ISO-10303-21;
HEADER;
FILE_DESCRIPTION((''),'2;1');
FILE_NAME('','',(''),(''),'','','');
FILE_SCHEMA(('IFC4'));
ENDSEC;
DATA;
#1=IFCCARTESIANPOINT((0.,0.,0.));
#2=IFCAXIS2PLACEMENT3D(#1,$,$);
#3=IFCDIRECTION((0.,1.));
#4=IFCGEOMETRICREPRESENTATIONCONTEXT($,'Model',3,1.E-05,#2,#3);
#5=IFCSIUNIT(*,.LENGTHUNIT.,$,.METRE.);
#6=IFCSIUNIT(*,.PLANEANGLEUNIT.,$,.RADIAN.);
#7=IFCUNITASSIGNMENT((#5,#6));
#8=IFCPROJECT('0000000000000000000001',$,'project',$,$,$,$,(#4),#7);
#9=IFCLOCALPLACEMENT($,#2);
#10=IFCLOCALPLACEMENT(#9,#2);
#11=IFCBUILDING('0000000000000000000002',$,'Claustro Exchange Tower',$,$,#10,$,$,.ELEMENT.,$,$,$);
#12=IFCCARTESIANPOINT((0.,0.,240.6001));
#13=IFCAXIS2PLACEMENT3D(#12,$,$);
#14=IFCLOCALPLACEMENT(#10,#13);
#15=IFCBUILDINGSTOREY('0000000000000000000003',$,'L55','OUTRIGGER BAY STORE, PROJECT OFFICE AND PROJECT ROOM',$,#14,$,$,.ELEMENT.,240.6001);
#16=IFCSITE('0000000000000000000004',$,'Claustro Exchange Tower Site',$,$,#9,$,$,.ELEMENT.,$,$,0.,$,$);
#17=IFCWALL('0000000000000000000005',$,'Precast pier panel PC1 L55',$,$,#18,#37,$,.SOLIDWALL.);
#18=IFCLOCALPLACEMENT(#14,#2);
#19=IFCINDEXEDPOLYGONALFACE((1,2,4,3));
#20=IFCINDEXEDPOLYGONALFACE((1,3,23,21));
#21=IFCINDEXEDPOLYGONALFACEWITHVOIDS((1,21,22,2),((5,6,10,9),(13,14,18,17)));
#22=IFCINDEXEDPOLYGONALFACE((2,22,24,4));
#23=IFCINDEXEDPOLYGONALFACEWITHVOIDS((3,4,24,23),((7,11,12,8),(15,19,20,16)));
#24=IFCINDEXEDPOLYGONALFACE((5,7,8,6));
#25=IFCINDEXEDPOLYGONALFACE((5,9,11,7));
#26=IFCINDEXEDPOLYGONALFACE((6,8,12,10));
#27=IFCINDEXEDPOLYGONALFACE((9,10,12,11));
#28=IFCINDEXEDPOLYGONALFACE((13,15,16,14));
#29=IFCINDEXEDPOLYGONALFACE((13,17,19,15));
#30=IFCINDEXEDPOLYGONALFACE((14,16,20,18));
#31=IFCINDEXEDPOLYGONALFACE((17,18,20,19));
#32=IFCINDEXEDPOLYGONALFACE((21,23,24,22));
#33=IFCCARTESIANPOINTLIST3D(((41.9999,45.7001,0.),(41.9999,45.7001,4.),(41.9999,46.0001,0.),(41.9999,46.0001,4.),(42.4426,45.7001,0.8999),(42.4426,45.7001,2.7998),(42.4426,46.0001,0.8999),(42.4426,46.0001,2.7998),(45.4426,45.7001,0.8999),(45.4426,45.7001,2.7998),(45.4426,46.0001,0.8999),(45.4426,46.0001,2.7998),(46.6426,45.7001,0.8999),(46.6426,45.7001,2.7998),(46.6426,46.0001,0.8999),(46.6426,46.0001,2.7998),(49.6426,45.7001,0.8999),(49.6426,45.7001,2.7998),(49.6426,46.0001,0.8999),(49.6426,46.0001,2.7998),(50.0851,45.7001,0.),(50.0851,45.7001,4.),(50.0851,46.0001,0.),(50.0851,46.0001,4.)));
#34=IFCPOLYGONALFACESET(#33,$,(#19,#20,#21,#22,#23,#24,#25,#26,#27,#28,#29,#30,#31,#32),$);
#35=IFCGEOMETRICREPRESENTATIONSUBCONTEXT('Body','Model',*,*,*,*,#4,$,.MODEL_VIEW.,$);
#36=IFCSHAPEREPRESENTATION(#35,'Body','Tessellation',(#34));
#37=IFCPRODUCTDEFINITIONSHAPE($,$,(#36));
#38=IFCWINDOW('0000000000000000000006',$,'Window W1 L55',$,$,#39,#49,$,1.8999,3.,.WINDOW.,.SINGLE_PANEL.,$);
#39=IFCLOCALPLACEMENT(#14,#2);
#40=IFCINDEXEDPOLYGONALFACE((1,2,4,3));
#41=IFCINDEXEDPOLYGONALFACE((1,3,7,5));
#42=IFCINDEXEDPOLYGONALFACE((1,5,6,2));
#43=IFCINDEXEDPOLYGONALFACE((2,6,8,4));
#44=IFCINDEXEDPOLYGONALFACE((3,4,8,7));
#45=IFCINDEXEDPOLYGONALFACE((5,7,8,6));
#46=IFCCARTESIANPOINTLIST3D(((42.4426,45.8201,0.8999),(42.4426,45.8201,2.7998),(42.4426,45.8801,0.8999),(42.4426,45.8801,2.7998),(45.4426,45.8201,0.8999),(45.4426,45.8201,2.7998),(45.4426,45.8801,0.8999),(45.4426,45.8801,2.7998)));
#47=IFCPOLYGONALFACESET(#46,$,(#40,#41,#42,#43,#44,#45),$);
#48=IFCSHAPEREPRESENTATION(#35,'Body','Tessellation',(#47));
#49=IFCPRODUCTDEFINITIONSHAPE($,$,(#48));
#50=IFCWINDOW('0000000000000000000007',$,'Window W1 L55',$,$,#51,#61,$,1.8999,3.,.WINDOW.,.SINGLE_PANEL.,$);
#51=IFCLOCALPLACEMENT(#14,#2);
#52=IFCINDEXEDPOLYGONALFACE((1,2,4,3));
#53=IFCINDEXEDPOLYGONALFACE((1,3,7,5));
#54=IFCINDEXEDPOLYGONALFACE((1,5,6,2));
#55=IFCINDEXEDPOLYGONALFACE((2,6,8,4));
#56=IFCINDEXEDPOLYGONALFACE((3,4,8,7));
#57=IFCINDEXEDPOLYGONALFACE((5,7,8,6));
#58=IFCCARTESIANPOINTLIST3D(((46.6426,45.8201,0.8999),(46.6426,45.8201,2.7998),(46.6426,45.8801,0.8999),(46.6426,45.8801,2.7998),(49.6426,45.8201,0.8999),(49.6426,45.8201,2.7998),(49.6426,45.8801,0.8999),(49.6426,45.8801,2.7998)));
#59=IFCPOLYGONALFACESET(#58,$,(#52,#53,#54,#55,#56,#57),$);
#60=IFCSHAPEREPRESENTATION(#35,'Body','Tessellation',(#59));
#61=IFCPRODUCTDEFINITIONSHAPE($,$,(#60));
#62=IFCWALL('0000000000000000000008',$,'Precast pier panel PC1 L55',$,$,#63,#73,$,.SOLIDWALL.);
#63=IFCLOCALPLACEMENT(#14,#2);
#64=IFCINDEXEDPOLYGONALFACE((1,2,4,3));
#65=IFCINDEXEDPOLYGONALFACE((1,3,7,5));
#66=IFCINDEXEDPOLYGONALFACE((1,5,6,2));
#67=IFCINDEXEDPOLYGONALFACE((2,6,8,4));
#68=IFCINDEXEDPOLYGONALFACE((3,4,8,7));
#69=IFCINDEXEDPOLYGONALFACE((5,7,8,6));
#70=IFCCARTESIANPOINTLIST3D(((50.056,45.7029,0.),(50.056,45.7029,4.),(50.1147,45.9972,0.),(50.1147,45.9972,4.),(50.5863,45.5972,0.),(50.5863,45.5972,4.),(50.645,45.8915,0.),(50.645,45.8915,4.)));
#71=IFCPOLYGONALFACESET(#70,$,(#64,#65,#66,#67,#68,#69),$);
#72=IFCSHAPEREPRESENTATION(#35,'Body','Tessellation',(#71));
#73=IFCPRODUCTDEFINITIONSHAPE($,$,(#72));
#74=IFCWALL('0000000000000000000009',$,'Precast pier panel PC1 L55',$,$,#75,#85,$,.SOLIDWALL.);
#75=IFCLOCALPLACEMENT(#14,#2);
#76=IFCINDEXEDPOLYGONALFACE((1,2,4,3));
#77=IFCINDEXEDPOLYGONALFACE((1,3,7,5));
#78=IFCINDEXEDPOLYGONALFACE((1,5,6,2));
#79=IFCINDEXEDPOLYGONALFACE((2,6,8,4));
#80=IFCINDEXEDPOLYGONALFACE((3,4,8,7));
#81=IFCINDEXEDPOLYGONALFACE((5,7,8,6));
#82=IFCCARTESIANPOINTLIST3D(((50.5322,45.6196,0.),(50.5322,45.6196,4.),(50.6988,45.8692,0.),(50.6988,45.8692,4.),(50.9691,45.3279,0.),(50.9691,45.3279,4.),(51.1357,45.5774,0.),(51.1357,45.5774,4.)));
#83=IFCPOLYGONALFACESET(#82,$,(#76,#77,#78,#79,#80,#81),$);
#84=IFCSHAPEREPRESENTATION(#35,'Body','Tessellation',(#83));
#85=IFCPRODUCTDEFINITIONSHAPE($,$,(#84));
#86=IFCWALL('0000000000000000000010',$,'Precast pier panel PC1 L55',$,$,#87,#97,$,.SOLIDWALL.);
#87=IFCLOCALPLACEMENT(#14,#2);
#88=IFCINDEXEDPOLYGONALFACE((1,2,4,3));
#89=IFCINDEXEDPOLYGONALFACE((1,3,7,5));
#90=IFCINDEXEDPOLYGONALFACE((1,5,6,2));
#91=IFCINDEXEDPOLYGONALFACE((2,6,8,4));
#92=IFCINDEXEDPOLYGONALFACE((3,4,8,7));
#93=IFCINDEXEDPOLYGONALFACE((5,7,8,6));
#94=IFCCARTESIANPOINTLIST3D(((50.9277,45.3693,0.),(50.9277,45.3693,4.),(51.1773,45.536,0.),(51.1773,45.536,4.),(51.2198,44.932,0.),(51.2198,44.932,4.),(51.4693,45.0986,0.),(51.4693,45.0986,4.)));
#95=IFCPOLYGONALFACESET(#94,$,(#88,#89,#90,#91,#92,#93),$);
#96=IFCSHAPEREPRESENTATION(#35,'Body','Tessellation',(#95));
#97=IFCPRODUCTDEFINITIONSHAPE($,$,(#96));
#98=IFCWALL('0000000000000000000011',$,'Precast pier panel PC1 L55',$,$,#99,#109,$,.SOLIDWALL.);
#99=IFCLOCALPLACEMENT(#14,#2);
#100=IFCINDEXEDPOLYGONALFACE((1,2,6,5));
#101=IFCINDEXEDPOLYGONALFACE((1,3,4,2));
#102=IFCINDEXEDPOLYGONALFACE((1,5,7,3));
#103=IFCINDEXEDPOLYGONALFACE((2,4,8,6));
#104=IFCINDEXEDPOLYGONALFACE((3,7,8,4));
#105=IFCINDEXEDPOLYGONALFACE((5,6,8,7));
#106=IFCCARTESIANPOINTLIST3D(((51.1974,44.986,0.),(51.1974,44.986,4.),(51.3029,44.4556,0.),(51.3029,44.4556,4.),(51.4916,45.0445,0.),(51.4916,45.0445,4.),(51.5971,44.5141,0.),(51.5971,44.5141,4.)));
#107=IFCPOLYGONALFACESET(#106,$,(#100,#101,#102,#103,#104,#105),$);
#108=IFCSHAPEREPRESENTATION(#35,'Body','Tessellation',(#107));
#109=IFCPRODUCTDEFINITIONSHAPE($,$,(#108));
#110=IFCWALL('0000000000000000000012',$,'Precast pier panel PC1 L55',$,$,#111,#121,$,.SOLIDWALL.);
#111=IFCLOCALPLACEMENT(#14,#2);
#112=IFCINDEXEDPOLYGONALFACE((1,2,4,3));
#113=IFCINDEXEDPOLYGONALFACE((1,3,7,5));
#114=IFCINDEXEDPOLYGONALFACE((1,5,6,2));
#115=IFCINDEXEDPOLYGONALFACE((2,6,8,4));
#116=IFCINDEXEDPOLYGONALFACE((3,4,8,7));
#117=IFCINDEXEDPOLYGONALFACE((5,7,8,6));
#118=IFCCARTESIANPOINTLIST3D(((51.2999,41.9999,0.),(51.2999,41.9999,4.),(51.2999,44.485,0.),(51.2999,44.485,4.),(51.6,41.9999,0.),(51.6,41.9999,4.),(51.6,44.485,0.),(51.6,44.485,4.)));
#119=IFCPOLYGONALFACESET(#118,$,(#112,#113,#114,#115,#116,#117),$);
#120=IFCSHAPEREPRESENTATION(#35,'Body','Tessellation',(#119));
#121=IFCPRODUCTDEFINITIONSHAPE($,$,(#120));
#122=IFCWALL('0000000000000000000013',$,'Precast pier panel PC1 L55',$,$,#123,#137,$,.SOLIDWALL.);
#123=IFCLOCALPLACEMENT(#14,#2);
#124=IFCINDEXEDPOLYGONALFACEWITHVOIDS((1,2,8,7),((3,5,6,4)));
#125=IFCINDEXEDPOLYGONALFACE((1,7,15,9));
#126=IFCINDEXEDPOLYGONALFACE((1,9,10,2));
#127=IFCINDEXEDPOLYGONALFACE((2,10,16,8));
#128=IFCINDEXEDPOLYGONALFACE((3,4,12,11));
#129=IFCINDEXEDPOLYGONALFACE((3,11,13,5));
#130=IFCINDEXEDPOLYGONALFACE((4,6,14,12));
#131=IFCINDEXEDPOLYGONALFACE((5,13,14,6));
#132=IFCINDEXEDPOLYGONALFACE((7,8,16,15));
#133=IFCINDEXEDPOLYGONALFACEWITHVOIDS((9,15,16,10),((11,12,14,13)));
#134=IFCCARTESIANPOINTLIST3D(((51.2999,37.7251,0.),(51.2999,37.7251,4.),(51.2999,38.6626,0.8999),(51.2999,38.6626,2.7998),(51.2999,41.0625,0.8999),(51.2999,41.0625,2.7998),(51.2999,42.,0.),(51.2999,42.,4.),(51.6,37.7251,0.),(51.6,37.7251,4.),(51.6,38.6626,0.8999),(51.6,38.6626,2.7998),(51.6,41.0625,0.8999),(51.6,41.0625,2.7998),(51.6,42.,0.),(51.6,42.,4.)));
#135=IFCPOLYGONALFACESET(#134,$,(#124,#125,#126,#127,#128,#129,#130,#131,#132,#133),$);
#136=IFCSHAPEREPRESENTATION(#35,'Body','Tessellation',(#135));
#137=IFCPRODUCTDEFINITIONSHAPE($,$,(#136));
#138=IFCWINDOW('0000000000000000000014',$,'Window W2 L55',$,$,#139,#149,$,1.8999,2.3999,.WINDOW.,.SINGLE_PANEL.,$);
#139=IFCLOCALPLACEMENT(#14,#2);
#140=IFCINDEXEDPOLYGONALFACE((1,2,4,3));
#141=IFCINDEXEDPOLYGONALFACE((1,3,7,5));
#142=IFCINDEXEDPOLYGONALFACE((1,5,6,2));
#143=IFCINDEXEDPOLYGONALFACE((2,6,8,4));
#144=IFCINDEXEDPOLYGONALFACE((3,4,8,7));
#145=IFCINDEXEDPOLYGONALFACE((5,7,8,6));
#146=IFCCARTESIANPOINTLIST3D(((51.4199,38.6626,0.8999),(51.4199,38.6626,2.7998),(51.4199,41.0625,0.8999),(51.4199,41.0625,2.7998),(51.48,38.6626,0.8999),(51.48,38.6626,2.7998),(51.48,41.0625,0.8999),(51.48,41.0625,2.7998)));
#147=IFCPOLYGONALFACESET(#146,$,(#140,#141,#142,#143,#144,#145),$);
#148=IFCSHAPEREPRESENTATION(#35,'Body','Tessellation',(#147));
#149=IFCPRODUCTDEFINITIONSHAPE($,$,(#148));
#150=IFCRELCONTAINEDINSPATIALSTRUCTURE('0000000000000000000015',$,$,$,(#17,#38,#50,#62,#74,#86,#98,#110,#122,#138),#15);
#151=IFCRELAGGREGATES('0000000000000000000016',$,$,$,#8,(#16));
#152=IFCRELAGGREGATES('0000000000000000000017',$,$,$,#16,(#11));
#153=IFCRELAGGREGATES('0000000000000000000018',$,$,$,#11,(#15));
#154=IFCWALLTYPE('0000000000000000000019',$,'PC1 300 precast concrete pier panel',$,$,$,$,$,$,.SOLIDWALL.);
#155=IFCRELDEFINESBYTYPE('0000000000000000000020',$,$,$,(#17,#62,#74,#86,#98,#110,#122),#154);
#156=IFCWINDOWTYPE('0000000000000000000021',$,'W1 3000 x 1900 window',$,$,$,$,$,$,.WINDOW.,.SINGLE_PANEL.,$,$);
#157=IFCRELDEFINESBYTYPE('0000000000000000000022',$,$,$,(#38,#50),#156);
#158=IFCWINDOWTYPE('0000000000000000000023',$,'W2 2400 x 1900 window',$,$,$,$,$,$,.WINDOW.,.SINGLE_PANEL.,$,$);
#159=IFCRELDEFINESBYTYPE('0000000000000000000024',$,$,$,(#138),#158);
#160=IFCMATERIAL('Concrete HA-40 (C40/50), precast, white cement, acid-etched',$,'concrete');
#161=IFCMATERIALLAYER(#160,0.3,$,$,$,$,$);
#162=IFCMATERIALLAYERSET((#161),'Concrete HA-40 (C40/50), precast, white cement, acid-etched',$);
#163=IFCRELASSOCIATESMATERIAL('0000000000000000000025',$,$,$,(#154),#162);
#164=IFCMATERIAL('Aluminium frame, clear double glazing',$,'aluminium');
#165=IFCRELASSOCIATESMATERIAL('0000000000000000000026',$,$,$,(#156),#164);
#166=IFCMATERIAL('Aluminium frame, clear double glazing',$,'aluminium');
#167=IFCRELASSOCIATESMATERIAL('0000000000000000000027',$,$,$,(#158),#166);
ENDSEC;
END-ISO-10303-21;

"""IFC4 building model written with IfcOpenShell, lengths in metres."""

from ifc_helpers import new_model, si_unit, direction, frame, frame_2d, origin, place, context, subcontext, project, spatial, rectangle, extrude, material, layer, layer_set, type_object, element, fill, save


model = new_model("IFC4")

# Units and contexts
model_context = context("Model", 3, precision=1e-05, world=origin(), true_north=direction((0.0, 1.0)))
body_context = subcontext(model_context, "Body", "Model", "MODEL_VIEW")
ifc_project = project(units=[si_unit("LENGTHUNIT", "METRE"), si_unit("PLANEANGLEUNIT", "RADIAN")], contexts=[model_context])

# Site, building, storey
site_placement = place(None, origin())
site = spatial("IfcSite", under=ifc_project, at=site_placement, Name="Claustro Exchange Tower Site", CompositionType="ELEMENT", RefElevation=0.0)
building_placement = place(site_placement, origin())
building = spatial("IfcBuilding", under=site, at=building_placement, Name="Claustro Exchange Tower", CompositionType="ELEMENT")
storey_placement = place(building_placement, frame((0.0, 0.0, 240.6001)))
storey = spatial("IfcBuildingStorey", under=building, at=storey_placement, Name="L55", Description="OUTRIGGER BAY STORE, PROJECT OFFICE AND PROJECT ROOM", CompositionType="ELEMENT", Elevation=240.6001)

# Wall, openings, windows
ifc_material_1 = material(Name="Concrete HA-40 (C40/50), precast, white cement, acid-etched", Category="concrete")
ifc_layer_1 = layer(ifc_material_1, 0.3)
ifc_layer_set_1 = layer_set([ifc_layer_1], Name="Concrete HA-40 (C40/50), precast, white cement, acid-etched")
wall_type_1 = type_object("IfcWallType", Name="PC1 300 precast concrete pier panel", PredefinedType="SOLIDWALL", material=ifc_layer_set_1)
wall_1_placement = place(storey_placement, frame((42.0, 45.8501, 0.0), z_axis=(0.0, 0.0, 1.0), x_axis=(1.0, 0.0, 0.0)))
wall_1 = element("IfcWall", 1, at=wall_1_placement, inside=storey, type_object=wall_type_1, Name="Precast pier panel PC1 L55", PredefinedType="SOLIDWALL", context=body_context, shape_type="SweptSolid", body=[
    extrude(rectangle(XDim=8.0852, YDim=0.3, at=frame_2d((4.0425, 0.0))), origin(), (0.0, 0.0, 1.0), 4.0),
])
opening_1_placement = place(wall_1_placement, frame((0.4426, 0.0, 0.8999)))
opening_1 = element("IfcOpeningElement", 2, at=opening_1_placement, cuts=wall_1, PredefinedType="OPENING", context=body_context, shape_type="SweptSolid", body=[
    extrude(rectangle(XDim=3.0, YDim=1.8999, at=frame_2d((1.5, 0.95))), frame((0.0, 0.1599, 0.0), z_axis=(0.0, -1.0, 0.0), x_axis=(1.0, 0.0, 0.0)), (0.0, 0.0, 1.0), 0.3201),
])
opening_2_placement = place(wall_1_placement, frame((4.6426, 0.0, 0.8999)))
opening_2 = element("IfcOpeningElement", 3, at=opening_2_placement, cuts=wall_1, PredefinedType="OPENING", context=body_context, shape_type="SweptSolid", body=[
    extrude(rectangle(XDim=3.0, YDim=1.8999, at=frame_2d((1.5, 0.95))), frame((0.0, 0.1599, 0.0), z_axis=(0.0, -1.0, 0.0), x_axis=(1.0, 0.0, 0.0)), (0.0, 0.0, 1.0), 0.3201),
])
ifc_material_2 = material(Name="Aluminium frame, clear double glazing", Category="aluminium")
window_type_1 = type_object("IfcWindowType", Name="W1 3000 x 1900 window", PartitioningType="SINGLE_PANEL", PredefinedType="WINDOW", material=ifc_material_2)
window_1_placement = place(opening_1_placement, origin())
window_1 = element("IfcWindow", 4, at=window_1_placement, inside=storey, type_object=window_type_1, Name="Window W1 L55", OverallHeight=1.8999, OverallWidth=3.0, PartitioningType="SINGLE_PANEL", PredefinedType="WINDOW", context=body_context, shape_type="SweptSolid", body=[
    extrude(rectangle(XDim=3.0, YDim=1.8999, at=frame_2d((1.5, 0.95))), frame((0.0, 0.03, 0.0), z_axis=(0.0, -1.0, 0.0), x_axis=(1.0, 0.0, 0.0)), (0.0, 0.0, 1.0), 0.0601),
])
fill(opening_1, window_1)
window_2_placement = place(opening_2_placement, origin())
window_2 = element("IfcWindow", 5, at=window_2_placement, inside=storey, type_object=window_type_1, Name="Window W1 L55", OverallHeight=1.8999, OverallWidth=3.0, PartitioningType="SINGLE_PANEL", PredefinedType="WINDOW", context=body_context, shape_type="SweptSolid", body=[
    extrude(rectangle(XDim=3.0, YDim=1.8999, at=frame_2d((1.5, 0.95))), frame((0.0, 0.03, 0.0), z_axis=(0.0, -1.0, 0.0), x_axis=(1.0, 0.0, 0.0)), (0.0, 0.0, 1.0), 0.0601),
])
fill(opening_2, window_2)

# Walls
wall_2_placement = place(storey_placement, frame((50.0852, 45.8501, 0.0), z_axis=(0.0, 0.0, 1.0), x_axis=(0.980702, -0.195508, 0.0)))
element("IfcWall", 6, at=wall_2_placement, inside=storey, type_object=wall_type_1, Name="Precast pier panel PC1 L55", PredefinedType="SOLIDWALL", context=body_context, shape_type="SweptSolid", body=[
    extrude(rectangle(XDim=0.5408, YDim=0.3, at=frame_2d((0.2705, 0.0))), origin(), (0.0, 0.0, 1.0), 4.0),
])
wall_3_placement = place(storey_placement, frame((50.6155, 45.7444, 0.0), z_axis=(0.0, 0.0, 1.0), x_axis=(0.831693, -0.555236, 0.0)))
element("IfcWall", 7, at=wall_3_placement, inside=storey, type_object=wall_type_1, Name="Precast pier panel PC1 L55", PredefinedType="SOLIDWALL", context=body_context, shape_type="SweptSolid", body=[
    extrude(rectangle(XDim=0.5254, YDim=0.3, at=frame_2d((0.2627, 0.0))), origin(), (0.0, 0.0, 1.0), 4.0),
])
wall_4_placement = place(storey_placement, frame((51.0525, 45.4526, 0.0), z_axis=(0.0, 0.0, 1.0), x_axis=(0.555343, -0.831621, 0.0)))
element("IfcWall", 8, at=wall_4_placement, inside=storey, type_object=wall_type_1, Name="Precast pier panel PC1 L55", PredefinedType="SOLIDWALL", context=body_context, shape_type="SweptSolid", body=[
    extrude(rectangle(XDim=0.5259, YDim=0.3, at=frame_2d((0.2629, 0.0))), origin(), (0.0, 0.0, 1.0), 4.0),
])
wall_5_placement = place(storey_placement, frame((51.3445, 45.0154, 0.0), z_axis=(0.0, 0.0, 1.0), x_axis=(0.195074, -0.980789, 0.0)))
element("IfcWall", 9, at=wall_5_placement, inside=storey, type_object=wall_type_1, Name="Precast pier panel PC1 L55", PredefinedType="SOLIDWALL", context=body_context, shape_type="SweptSolid", body=[
    extrude(rectangle(XDim=0.5408, YDim=0.3, at=frame_2d((0.2705, 0.0))), origin(), (0.0, 0.0, 1.0), 4.0),
])
wall_6_placement = place(storey_placement, frame((51.45, 44.4851, 0.0), z_axis=(0.0, 0.0, 1.0), x_axis=(0.0, -1.0, 0.0)))
element("IfcWall", 10, at=wall_6_placement, inside=storey, type_object=wall_type_1, Name="Precast pier panel PC1 L55", PredefinedType="SOLIDWALL", context=body_context, shape_type="SweptSolid", body=[
    extrude(rectangle(XDim=2.4851, YDim=0.3, at=frame_2d((1.2427, 0.0))), origin(), (0.0, 0.0, 1.0), 4.0),
])

# Wall, opening, window
wall_7_placement = place(storey_placement, frame((51.45, 42.0, 0.0), z_axis=(0.0, 0.0, 1.0), x_axis=(0.0, -1.0, 0.0)))
wall_7 = element("IfcWall", 11, at=wall_7_placement, inside=storey, type_object=wall_type_1, Name="Precast pier panel PC1 L55", PredefinedType="SOLIDWALL", context=body_context, shape_type="SweptSolid", body=[
    extrude(rectangle(XDim=4.2749, YDim=0.3, at=frame_2d((2.1375, 0.0))), origin(), (0.0, 0.0, 1.0), 4.0),
])
opening_3_placement = place(wall_7_placement, frame((0.9375, 0.0, 0.8999)))
opening_3 = element("IfcOpeningElement", 12, at=opening_3_placement, cuts=wall_7, PredefinedType="OPENING", context=body_context, shape_type="SweptSolid", body=[
    extrude(rectangle(XDim=2.3999, YDim=1.8999, at=frame_2d((1.2, 0.95))), frame((0.0, 0.1599, 0.0), z_axis=(0.0, -1.0, 0.0), x_axis=(1.0, 0.0, 0.0)), (0.0, 0.0, 1.0), 0.3201),
])
ifc_material_3 = material(Name="Aluminium frame, clear double glazing", Category="aluminium")
window_type_2 = type_object("IfcWindowType", Name="W2 2400 x 1900 window", PartitioningType="SINGLE_PANEL", PredefinedType="WINDOW", material=ifc_material_3)
window_3_placement = place(opening_3_placement, origin())
window_3 = element("IfcWindow", 13, at=window_3_placement, inside=storey, type_object=window_type_2, Name="Window W2 L55", OverallHeight=1.8999, OverallWidth=2.3999, PartitioningType="SINGLE_PANEL", PredefinedType="WINDOW", context=body_context, shape_type="SweptSolid", body=[
    extrude(rectangle(XDim=2.3999, YDim=1.8999, at=frame_2d((1.2, 0.95))), frame((0.0, 0.03, 0.0), z_axis=(0.0, -1.0, 0.0), x_axis=(1.0, 0.0, 0.0)), (0.0, 0.0, 1.0), 0.0601),
])
fill(opening_3, window_3)

save(model, "model.ifc")
